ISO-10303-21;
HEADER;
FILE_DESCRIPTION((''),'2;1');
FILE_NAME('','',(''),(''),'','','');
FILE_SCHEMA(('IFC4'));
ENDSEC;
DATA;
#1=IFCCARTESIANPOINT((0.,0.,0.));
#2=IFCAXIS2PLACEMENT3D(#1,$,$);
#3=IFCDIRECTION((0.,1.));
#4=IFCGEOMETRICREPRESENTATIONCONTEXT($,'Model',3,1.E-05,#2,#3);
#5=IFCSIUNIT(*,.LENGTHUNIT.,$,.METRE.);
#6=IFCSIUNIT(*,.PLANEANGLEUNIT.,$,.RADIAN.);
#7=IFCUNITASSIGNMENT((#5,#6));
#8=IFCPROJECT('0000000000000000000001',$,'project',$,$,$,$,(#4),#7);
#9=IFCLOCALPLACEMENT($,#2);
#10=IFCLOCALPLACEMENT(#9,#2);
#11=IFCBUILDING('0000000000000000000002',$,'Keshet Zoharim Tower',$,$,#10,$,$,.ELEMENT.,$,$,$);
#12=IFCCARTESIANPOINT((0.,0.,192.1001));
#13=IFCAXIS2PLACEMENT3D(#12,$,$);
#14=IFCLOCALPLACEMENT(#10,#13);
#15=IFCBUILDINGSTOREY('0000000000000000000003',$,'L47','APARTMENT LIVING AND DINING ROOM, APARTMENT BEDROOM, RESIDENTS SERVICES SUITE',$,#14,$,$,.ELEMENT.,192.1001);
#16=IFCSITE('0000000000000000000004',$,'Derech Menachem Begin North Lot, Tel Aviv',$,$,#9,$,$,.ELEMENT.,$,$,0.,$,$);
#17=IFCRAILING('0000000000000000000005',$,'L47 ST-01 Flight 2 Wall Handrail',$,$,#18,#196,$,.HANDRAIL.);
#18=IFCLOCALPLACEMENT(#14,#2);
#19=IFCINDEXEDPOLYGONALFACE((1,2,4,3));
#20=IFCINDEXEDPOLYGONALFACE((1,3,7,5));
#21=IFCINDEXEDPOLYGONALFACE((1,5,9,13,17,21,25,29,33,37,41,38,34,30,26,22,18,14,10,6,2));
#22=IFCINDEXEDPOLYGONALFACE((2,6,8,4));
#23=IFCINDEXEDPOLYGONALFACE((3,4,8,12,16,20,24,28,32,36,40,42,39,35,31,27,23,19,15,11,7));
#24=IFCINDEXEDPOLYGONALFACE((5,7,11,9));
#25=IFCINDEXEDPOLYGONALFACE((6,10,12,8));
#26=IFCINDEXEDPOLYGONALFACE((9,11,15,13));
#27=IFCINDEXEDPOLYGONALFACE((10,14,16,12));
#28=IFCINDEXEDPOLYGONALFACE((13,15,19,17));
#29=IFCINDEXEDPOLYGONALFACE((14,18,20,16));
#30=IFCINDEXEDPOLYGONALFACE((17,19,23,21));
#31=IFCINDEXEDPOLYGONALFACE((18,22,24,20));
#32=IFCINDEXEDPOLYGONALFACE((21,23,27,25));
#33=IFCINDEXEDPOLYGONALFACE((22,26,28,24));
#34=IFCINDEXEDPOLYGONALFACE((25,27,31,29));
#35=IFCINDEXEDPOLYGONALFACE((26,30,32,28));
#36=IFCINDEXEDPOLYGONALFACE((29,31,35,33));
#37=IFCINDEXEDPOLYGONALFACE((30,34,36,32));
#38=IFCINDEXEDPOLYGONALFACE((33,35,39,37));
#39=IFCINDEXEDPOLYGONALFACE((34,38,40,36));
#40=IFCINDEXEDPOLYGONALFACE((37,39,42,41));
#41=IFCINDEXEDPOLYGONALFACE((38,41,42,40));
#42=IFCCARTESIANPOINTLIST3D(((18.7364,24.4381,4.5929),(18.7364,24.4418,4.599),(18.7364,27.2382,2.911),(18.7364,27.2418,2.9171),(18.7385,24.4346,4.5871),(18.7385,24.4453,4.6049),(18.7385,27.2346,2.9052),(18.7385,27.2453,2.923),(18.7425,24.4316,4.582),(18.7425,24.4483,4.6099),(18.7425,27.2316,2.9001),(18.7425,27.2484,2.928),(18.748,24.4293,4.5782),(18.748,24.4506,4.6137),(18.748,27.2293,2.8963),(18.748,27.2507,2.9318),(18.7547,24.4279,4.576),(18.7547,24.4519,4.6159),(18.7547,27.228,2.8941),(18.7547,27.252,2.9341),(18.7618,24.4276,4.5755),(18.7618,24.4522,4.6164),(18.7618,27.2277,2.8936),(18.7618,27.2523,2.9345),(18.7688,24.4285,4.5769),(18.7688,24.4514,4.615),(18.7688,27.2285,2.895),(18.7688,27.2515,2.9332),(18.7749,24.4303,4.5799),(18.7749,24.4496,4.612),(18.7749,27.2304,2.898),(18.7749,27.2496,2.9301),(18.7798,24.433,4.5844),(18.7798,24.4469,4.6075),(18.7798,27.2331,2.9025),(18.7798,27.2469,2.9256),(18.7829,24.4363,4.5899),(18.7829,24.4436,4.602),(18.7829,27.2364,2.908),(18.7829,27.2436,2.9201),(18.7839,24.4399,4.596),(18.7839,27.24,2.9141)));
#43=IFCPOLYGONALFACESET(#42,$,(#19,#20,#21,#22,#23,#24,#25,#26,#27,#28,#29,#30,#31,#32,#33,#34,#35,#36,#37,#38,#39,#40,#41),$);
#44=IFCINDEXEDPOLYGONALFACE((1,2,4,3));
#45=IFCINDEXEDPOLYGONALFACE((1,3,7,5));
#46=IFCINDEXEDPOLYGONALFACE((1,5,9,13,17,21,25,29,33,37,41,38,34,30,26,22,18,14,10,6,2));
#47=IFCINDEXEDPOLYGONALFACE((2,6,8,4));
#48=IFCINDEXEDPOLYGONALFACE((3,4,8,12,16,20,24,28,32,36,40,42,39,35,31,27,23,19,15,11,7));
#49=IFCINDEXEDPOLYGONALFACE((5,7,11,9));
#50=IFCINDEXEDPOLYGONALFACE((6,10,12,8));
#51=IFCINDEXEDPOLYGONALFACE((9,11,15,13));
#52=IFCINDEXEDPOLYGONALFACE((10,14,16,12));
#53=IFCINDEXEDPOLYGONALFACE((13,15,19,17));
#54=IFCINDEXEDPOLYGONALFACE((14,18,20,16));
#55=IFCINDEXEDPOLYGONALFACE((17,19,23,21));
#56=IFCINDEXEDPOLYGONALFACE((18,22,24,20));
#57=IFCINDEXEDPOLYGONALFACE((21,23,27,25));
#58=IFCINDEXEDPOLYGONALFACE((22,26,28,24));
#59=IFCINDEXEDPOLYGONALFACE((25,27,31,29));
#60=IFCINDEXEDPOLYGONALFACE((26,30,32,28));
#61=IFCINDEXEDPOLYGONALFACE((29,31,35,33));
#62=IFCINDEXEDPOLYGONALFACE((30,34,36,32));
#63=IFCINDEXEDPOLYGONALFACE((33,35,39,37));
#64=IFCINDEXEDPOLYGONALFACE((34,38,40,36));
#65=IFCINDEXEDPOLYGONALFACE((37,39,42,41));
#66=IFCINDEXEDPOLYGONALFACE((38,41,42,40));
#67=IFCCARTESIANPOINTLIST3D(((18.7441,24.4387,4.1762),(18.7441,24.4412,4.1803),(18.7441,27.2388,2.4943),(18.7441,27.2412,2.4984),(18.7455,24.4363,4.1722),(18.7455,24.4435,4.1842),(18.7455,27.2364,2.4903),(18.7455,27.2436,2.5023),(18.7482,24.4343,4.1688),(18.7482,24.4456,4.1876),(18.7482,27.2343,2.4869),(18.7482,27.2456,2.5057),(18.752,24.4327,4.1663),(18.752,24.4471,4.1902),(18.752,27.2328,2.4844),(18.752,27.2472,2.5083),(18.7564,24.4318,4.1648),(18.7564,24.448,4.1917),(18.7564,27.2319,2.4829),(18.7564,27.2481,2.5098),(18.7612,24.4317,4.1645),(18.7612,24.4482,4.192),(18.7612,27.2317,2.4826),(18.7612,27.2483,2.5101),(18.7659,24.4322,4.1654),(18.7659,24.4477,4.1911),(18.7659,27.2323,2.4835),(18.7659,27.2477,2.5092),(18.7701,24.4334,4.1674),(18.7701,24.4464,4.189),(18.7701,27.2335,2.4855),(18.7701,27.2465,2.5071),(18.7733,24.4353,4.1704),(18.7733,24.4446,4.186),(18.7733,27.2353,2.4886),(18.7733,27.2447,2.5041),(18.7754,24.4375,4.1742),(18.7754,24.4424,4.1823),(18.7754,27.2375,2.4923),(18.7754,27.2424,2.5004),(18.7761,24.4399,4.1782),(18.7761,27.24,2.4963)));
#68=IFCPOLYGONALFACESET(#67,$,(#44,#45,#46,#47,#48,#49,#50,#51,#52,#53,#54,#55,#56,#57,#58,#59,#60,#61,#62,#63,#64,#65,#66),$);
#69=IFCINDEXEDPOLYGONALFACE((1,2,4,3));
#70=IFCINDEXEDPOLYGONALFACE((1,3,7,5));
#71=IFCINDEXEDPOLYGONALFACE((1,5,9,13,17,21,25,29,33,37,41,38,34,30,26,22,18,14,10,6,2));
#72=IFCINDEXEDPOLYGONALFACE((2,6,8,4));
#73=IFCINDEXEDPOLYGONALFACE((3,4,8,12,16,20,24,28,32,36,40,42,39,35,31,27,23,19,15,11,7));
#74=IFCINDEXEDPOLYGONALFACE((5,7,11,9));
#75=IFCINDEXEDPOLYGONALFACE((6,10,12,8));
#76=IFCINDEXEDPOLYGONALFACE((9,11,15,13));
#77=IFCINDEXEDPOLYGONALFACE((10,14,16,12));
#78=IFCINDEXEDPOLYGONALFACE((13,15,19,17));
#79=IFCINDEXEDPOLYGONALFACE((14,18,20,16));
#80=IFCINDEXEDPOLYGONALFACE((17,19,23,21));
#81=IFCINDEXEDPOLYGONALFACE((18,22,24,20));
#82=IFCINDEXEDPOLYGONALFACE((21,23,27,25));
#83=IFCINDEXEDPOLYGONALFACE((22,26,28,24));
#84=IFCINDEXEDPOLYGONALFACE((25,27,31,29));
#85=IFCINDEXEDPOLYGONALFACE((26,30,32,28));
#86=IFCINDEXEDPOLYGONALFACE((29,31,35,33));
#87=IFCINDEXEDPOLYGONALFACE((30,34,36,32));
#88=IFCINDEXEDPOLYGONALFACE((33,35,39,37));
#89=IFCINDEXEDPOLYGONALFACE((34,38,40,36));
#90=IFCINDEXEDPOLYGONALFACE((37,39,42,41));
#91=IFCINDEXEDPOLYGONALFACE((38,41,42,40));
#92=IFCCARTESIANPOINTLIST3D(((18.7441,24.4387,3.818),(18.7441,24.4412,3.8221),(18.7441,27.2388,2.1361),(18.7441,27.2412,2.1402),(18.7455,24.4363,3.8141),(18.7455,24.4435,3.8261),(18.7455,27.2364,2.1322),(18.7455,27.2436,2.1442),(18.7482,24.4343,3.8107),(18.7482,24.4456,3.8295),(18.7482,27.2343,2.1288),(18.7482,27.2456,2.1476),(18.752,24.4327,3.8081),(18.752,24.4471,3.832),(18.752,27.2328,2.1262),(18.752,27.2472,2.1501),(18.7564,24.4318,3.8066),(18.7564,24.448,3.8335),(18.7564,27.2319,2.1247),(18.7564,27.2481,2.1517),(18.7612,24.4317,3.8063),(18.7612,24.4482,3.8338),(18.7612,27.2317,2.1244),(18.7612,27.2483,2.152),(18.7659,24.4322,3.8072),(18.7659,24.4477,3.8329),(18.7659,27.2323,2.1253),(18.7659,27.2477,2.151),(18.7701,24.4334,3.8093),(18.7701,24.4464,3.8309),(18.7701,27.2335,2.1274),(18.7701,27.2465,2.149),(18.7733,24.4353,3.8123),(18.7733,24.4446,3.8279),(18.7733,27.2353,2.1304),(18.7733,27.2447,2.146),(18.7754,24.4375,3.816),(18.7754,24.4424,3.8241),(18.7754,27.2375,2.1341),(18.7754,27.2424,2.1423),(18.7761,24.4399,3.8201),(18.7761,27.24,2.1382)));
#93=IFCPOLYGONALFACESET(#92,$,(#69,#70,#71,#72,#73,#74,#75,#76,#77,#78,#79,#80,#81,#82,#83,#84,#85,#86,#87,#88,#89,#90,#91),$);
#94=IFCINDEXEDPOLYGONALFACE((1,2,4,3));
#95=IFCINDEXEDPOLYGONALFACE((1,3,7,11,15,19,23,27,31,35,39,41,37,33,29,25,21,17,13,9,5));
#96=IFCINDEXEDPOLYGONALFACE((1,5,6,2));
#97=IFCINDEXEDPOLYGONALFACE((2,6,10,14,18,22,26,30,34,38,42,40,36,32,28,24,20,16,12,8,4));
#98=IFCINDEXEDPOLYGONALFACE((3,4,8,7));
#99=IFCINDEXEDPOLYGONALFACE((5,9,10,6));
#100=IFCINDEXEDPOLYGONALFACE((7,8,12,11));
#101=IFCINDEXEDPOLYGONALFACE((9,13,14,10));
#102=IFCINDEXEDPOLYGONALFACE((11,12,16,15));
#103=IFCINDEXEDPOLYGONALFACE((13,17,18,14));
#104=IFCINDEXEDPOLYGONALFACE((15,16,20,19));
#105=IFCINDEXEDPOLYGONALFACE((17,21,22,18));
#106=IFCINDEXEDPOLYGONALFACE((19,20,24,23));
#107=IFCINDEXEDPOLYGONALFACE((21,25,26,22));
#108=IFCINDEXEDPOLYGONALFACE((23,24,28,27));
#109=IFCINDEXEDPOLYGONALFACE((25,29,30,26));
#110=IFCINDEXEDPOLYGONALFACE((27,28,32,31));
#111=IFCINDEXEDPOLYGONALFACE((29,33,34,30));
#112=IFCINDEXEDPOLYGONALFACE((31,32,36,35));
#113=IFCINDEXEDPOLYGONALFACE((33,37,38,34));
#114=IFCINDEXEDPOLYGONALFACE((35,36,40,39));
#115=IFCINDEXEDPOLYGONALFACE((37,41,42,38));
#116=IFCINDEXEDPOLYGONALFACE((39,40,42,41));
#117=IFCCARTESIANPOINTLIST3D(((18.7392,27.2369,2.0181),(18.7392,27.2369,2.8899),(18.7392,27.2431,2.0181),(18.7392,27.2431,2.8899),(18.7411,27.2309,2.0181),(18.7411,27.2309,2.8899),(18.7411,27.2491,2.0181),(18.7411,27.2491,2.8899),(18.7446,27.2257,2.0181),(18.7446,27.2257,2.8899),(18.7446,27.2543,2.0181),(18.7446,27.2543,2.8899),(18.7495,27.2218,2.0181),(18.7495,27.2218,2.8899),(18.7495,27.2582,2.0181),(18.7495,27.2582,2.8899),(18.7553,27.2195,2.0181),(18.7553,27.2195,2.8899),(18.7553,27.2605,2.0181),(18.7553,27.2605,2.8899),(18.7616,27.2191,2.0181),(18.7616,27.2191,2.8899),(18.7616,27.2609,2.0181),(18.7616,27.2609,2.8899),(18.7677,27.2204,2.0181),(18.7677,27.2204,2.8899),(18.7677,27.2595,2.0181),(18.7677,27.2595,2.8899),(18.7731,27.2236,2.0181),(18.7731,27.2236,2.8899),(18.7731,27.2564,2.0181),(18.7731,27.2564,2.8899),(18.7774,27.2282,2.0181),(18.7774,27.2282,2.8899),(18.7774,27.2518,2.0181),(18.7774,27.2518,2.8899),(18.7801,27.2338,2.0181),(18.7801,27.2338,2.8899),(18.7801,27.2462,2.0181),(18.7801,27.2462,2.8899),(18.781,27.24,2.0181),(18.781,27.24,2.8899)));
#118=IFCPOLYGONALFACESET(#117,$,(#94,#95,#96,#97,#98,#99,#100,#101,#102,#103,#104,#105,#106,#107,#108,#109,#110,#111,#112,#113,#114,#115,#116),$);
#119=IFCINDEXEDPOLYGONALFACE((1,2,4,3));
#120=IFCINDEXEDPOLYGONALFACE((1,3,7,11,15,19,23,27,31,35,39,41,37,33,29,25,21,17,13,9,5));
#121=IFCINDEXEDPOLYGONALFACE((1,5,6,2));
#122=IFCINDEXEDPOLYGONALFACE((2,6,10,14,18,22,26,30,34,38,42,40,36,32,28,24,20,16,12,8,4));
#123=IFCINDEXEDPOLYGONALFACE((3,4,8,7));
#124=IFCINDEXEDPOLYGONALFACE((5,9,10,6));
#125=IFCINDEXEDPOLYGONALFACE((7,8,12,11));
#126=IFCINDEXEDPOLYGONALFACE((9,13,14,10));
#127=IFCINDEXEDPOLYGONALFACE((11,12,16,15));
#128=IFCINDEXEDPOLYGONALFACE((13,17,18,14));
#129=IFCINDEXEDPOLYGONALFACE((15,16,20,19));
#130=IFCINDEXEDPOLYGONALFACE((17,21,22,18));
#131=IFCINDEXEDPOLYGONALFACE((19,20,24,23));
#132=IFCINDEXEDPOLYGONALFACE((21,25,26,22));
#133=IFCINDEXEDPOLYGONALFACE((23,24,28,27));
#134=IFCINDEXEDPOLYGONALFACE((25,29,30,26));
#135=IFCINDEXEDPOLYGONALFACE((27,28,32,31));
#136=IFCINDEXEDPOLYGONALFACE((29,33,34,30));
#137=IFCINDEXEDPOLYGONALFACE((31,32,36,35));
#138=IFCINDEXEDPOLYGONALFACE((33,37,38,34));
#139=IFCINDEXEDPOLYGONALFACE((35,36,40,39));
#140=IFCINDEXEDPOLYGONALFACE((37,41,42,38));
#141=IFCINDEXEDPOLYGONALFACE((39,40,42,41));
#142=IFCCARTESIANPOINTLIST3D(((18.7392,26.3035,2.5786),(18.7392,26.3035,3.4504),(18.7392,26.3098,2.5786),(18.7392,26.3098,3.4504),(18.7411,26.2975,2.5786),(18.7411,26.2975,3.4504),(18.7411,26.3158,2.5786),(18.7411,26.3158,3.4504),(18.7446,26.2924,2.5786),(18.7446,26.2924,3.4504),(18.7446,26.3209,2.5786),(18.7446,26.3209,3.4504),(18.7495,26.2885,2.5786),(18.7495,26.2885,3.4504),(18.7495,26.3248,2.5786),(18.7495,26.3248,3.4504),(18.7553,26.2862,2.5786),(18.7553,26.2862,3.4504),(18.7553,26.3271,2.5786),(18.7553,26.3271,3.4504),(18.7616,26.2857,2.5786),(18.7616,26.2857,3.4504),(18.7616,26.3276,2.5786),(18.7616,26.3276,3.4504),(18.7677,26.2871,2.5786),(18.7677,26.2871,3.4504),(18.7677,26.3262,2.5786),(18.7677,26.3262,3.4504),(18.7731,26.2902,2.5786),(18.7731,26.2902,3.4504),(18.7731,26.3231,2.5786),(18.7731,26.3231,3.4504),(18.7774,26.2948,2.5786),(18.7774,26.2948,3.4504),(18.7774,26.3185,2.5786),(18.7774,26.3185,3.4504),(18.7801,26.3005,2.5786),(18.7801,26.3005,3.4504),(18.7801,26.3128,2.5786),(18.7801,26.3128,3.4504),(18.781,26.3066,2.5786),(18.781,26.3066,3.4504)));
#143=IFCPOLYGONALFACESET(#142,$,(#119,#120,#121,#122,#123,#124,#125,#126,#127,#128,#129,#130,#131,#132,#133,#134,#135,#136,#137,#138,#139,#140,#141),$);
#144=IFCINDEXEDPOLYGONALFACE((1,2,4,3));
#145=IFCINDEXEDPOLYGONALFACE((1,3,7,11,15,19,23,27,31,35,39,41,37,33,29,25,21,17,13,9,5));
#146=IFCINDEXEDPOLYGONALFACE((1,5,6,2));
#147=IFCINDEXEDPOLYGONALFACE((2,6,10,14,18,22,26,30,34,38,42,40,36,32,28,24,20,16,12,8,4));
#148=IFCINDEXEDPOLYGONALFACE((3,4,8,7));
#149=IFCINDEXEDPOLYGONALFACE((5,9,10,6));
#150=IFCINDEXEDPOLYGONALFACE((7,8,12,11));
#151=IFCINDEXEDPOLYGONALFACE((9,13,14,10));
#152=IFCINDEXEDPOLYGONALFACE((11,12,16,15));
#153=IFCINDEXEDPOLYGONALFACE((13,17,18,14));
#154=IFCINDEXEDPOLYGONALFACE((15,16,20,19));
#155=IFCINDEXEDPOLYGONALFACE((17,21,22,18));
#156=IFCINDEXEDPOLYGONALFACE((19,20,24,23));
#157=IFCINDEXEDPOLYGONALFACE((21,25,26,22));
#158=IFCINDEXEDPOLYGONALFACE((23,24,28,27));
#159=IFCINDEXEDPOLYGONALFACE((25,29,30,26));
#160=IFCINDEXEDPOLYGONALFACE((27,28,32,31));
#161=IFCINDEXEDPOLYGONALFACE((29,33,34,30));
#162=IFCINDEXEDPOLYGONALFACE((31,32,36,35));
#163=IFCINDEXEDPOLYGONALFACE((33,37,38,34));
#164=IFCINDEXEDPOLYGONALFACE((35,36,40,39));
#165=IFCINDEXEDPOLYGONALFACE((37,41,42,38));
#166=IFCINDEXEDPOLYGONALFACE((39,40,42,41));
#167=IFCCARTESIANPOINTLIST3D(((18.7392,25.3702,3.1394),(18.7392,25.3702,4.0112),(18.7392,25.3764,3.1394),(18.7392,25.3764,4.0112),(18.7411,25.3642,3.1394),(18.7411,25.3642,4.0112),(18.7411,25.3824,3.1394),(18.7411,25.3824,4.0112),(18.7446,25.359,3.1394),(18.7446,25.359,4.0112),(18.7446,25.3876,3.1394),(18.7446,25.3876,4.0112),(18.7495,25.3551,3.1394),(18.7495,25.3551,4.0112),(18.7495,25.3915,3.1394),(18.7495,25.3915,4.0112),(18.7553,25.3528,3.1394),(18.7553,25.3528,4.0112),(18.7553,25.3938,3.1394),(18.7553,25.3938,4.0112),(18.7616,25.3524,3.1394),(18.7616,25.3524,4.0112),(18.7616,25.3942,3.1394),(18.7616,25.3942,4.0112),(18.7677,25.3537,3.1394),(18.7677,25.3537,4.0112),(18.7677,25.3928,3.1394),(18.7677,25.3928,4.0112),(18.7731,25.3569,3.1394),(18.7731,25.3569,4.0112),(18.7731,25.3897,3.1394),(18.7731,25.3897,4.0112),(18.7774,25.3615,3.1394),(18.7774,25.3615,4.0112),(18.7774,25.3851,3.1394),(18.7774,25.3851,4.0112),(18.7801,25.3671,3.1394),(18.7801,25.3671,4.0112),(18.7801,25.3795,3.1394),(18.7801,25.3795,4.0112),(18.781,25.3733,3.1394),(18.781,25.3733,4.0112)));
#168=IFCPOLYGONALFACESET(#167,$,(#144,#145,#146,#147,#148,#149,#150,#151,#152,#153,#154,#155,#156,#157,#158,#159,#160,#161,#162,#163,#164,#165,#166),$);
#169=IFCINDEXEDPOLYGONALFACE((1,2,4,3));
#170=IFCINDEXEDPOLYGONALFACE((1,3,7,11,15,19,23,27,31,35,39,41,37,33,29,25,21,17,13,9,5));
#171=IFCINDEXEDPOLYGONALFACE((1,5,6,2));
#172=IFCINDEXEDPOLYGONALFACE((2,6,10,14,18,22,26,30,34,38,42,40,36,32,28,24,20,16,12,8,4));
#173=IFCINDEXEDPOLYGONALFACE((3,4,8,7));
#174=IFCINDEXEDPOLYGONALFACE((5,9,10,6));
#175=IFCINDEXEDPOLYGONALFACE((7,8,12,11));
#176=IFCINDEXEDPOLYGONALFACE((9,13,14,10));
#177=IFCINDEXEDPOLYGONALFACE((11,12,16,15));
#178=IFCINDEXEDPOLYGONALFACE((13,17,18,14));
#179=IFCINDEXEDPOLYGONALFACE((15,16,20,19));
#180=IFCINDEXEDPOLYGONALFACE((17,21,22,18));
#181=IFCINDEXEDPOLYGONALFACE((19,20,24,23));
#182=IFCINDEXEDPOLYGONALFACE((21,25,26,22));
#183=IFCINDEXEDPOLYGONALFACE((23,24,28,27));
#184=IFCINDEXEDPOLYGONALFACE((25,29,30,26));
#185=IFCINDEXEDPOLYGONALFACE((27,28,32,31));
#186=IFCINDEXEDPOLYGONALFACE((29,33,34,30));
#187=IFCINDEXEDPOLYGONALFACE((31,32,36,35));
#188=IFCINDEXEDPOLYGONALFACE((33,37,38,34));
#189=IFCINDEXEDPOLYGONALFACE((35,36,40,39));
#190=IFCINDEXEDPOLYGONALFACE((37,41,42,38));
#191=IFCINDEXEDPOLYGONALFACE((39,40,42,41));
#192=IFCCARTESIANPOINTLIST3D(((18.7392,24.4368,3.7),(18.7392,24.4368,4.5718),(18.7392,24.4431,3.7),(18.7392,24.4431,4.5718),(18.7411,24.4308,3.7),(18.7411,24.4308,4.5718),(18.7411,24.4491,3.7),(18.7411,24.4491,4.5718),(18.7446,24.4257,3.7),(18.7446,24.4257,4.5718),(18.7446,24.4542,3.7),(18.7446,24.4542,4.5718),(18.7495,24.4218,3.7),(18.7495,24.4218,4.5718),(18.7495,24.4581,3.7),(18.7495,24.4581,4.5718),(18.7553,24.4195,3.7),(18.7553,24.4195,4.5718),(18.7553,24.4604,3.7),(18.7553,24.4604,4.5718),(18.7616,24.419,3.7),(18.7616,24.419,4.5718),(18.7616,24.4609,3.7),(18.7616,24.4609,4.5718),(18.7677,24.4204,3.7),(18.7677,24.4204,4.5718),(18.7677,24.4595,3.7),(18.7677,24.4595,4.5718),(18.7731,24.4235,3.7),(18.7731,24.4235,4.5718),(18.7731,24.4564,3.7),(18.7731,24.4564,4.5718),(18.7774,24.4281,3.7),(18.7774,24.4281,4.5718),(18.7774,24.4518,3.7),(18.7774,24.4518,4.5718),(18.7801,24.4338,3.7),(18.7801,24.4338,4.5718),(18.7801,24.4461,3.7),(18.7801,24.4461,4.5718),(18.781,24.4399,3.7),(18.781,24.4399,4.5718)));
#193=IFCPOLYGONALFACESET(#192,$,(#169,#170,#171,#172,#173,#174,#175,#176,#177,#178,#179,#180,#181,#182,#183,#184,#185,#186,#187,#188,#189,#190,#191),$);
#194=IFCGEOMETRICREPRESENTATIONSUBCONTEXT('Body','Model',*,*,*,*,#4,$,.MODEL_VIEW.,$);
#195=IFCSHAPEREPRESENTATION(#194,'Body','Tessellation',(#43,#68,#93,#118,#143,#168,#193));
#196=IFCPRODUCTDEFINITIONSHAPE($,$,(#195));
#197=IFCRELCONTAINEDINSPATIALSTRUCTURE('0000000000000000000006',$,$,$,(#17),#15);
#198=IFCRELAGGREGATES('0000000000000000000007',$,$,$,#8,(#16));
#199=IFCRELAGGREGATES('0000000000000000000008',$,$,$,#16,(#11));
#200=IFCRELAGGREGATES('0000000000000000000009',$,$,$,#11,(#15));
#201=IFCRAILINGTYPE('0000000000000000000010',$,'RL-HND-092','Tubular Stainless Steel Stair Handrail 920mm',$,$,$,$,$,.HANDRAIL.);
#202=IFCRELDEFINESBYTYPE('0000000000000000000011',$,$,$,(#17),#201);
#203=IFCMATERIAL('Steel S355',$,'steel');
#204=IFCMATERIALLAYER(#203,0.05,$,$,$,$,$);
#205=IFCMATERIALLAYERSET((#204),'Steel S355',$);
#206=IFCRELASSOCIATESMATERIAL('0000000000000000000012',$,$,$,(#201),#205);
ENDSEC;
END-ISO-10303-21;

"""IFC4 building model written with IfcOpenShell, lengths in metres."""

from ifc_helpers import new_model, si_unit, direction, frame, origin, origin_2d, place, context, subcontext, project, spatial, circle, extrude, material, layer, layer_set, type_object, element, save


model = new_model("IFC4")

# Units and contexts
model_context = context("Model", 3, precision=1e-05, world=origin(), true_north=direction((0.0, 1.0)))
body_context = subcontext(model_context, "Body", "Model", "MODEL_VIEW")
ifc_project = project(units=[si_unit("LENGTHUNIT", "METRE"), si_unit("PLANEANGLEUNIT", "RADIAN")], contexts=[model_context])

# Site, building, storey
site_placement = place(None, origin())
site = spatial("IfcSite", under=ifc_project, at=site_placement, Name="Derech Menachem Begin North Lot, Tel Aviv", CompositionType="ELEMENT", RefElevation=0.0)
building_placement = place(site_placement, origin())
building = spatial("IfcBuilding", under=site, at=building_placement, Name="Keshet Zoharim Tower", CompositionType="ELEMENT")
storey_placement = place(building_placement, frame((0.0, 0.0, 192.1001)))
storey = spatial("IfcBuildingStorey", under=building, at=storey_placement, Name="L47", Description="APARTMENT LIVING AND DINING ROOM, APARTMENT BEDROOM, RESIDENTS SERVICES SUITE", CompositionType="ELEMENT", Elevation=192.1001)

# Shared definitions
ifc_material_1 = material(Name="Steel S355", Category="steel")

# Railing
ifc_layer_1 = layer(ifc_material_1, 0.05)
ifc_layer_set_1 = layer_set([ifc_layer_1], Name="Steel S355")
railing_type_1 = type_object("IfcRailingType", Name="RL-HND-092", Description="Tubular Stainless Steel Stair Handrail 920mm", PredefinedType="HANDRAIL", material=ifc_layer_set_1)
railing_1_placement = place(storey_placement, frame((18.76, 27.24, 2.0181)))
element("IfcRailing", 1, at=railing_1_placement, inside=storey, type_object=railing_type_1, Name="L47 ST-01 Flight 2 Wall Handrail", PredefinedType="HANDRAIL", context=body_context, shape_type="SweptSolid", body=[
    extrude(circle(Radius=0.0239, at=origin_2d()), frame((0.0, 0.0, 0.896), z_axis=(0.0, -0.857242, 0.514913), x_axis=(1.0, 0.0, 0.0)), (0.0, 0.0, 1.0), 3.2664),
    extrude(circle(Radius=0.0161, at=origin_2d()), frame((0.0, 0.0, 0.4783), z_axis=(0.0, -0.857242, 0.514913), x_axis=(1.0, 0.0, 0.0)), (0.0, 0.0, 1.0), 3.2664),
    extrude(circle(Radius=0.0161, at=origin_2d()), frame((0.0, 0.0, 0.1201), z_axis=(0.0, -0.857242, 0.514913), x_axis=(1.0, 0.0, 0.0)), (0.0, 0.0, 1.0), 3.2664),
    extrude(circle(Radius=0.021, at=origin_2d()), origin(), (0.0, 0.0, 1.0), 0.8718),
    extrude(circle(Radius=0.021, at=origin_2d()), frame((0.0, -0.9333, 0.5605)), (0.0, 0.0, 1.0), 0.8718),
    extrude(circle(Radius=0.021, at=origin_2d()), frame((0.0, -1.8667, 1.1213)), (0.0, 0.0, 1.0), 0.8718),
    extrude(circle(Radius=0.021, at=origin_2d()), frame((0.0, -2.8, 1.6819)), (0.0, 0.0, 1.0), 0.8718),
])

save(model, "model.ifc")
